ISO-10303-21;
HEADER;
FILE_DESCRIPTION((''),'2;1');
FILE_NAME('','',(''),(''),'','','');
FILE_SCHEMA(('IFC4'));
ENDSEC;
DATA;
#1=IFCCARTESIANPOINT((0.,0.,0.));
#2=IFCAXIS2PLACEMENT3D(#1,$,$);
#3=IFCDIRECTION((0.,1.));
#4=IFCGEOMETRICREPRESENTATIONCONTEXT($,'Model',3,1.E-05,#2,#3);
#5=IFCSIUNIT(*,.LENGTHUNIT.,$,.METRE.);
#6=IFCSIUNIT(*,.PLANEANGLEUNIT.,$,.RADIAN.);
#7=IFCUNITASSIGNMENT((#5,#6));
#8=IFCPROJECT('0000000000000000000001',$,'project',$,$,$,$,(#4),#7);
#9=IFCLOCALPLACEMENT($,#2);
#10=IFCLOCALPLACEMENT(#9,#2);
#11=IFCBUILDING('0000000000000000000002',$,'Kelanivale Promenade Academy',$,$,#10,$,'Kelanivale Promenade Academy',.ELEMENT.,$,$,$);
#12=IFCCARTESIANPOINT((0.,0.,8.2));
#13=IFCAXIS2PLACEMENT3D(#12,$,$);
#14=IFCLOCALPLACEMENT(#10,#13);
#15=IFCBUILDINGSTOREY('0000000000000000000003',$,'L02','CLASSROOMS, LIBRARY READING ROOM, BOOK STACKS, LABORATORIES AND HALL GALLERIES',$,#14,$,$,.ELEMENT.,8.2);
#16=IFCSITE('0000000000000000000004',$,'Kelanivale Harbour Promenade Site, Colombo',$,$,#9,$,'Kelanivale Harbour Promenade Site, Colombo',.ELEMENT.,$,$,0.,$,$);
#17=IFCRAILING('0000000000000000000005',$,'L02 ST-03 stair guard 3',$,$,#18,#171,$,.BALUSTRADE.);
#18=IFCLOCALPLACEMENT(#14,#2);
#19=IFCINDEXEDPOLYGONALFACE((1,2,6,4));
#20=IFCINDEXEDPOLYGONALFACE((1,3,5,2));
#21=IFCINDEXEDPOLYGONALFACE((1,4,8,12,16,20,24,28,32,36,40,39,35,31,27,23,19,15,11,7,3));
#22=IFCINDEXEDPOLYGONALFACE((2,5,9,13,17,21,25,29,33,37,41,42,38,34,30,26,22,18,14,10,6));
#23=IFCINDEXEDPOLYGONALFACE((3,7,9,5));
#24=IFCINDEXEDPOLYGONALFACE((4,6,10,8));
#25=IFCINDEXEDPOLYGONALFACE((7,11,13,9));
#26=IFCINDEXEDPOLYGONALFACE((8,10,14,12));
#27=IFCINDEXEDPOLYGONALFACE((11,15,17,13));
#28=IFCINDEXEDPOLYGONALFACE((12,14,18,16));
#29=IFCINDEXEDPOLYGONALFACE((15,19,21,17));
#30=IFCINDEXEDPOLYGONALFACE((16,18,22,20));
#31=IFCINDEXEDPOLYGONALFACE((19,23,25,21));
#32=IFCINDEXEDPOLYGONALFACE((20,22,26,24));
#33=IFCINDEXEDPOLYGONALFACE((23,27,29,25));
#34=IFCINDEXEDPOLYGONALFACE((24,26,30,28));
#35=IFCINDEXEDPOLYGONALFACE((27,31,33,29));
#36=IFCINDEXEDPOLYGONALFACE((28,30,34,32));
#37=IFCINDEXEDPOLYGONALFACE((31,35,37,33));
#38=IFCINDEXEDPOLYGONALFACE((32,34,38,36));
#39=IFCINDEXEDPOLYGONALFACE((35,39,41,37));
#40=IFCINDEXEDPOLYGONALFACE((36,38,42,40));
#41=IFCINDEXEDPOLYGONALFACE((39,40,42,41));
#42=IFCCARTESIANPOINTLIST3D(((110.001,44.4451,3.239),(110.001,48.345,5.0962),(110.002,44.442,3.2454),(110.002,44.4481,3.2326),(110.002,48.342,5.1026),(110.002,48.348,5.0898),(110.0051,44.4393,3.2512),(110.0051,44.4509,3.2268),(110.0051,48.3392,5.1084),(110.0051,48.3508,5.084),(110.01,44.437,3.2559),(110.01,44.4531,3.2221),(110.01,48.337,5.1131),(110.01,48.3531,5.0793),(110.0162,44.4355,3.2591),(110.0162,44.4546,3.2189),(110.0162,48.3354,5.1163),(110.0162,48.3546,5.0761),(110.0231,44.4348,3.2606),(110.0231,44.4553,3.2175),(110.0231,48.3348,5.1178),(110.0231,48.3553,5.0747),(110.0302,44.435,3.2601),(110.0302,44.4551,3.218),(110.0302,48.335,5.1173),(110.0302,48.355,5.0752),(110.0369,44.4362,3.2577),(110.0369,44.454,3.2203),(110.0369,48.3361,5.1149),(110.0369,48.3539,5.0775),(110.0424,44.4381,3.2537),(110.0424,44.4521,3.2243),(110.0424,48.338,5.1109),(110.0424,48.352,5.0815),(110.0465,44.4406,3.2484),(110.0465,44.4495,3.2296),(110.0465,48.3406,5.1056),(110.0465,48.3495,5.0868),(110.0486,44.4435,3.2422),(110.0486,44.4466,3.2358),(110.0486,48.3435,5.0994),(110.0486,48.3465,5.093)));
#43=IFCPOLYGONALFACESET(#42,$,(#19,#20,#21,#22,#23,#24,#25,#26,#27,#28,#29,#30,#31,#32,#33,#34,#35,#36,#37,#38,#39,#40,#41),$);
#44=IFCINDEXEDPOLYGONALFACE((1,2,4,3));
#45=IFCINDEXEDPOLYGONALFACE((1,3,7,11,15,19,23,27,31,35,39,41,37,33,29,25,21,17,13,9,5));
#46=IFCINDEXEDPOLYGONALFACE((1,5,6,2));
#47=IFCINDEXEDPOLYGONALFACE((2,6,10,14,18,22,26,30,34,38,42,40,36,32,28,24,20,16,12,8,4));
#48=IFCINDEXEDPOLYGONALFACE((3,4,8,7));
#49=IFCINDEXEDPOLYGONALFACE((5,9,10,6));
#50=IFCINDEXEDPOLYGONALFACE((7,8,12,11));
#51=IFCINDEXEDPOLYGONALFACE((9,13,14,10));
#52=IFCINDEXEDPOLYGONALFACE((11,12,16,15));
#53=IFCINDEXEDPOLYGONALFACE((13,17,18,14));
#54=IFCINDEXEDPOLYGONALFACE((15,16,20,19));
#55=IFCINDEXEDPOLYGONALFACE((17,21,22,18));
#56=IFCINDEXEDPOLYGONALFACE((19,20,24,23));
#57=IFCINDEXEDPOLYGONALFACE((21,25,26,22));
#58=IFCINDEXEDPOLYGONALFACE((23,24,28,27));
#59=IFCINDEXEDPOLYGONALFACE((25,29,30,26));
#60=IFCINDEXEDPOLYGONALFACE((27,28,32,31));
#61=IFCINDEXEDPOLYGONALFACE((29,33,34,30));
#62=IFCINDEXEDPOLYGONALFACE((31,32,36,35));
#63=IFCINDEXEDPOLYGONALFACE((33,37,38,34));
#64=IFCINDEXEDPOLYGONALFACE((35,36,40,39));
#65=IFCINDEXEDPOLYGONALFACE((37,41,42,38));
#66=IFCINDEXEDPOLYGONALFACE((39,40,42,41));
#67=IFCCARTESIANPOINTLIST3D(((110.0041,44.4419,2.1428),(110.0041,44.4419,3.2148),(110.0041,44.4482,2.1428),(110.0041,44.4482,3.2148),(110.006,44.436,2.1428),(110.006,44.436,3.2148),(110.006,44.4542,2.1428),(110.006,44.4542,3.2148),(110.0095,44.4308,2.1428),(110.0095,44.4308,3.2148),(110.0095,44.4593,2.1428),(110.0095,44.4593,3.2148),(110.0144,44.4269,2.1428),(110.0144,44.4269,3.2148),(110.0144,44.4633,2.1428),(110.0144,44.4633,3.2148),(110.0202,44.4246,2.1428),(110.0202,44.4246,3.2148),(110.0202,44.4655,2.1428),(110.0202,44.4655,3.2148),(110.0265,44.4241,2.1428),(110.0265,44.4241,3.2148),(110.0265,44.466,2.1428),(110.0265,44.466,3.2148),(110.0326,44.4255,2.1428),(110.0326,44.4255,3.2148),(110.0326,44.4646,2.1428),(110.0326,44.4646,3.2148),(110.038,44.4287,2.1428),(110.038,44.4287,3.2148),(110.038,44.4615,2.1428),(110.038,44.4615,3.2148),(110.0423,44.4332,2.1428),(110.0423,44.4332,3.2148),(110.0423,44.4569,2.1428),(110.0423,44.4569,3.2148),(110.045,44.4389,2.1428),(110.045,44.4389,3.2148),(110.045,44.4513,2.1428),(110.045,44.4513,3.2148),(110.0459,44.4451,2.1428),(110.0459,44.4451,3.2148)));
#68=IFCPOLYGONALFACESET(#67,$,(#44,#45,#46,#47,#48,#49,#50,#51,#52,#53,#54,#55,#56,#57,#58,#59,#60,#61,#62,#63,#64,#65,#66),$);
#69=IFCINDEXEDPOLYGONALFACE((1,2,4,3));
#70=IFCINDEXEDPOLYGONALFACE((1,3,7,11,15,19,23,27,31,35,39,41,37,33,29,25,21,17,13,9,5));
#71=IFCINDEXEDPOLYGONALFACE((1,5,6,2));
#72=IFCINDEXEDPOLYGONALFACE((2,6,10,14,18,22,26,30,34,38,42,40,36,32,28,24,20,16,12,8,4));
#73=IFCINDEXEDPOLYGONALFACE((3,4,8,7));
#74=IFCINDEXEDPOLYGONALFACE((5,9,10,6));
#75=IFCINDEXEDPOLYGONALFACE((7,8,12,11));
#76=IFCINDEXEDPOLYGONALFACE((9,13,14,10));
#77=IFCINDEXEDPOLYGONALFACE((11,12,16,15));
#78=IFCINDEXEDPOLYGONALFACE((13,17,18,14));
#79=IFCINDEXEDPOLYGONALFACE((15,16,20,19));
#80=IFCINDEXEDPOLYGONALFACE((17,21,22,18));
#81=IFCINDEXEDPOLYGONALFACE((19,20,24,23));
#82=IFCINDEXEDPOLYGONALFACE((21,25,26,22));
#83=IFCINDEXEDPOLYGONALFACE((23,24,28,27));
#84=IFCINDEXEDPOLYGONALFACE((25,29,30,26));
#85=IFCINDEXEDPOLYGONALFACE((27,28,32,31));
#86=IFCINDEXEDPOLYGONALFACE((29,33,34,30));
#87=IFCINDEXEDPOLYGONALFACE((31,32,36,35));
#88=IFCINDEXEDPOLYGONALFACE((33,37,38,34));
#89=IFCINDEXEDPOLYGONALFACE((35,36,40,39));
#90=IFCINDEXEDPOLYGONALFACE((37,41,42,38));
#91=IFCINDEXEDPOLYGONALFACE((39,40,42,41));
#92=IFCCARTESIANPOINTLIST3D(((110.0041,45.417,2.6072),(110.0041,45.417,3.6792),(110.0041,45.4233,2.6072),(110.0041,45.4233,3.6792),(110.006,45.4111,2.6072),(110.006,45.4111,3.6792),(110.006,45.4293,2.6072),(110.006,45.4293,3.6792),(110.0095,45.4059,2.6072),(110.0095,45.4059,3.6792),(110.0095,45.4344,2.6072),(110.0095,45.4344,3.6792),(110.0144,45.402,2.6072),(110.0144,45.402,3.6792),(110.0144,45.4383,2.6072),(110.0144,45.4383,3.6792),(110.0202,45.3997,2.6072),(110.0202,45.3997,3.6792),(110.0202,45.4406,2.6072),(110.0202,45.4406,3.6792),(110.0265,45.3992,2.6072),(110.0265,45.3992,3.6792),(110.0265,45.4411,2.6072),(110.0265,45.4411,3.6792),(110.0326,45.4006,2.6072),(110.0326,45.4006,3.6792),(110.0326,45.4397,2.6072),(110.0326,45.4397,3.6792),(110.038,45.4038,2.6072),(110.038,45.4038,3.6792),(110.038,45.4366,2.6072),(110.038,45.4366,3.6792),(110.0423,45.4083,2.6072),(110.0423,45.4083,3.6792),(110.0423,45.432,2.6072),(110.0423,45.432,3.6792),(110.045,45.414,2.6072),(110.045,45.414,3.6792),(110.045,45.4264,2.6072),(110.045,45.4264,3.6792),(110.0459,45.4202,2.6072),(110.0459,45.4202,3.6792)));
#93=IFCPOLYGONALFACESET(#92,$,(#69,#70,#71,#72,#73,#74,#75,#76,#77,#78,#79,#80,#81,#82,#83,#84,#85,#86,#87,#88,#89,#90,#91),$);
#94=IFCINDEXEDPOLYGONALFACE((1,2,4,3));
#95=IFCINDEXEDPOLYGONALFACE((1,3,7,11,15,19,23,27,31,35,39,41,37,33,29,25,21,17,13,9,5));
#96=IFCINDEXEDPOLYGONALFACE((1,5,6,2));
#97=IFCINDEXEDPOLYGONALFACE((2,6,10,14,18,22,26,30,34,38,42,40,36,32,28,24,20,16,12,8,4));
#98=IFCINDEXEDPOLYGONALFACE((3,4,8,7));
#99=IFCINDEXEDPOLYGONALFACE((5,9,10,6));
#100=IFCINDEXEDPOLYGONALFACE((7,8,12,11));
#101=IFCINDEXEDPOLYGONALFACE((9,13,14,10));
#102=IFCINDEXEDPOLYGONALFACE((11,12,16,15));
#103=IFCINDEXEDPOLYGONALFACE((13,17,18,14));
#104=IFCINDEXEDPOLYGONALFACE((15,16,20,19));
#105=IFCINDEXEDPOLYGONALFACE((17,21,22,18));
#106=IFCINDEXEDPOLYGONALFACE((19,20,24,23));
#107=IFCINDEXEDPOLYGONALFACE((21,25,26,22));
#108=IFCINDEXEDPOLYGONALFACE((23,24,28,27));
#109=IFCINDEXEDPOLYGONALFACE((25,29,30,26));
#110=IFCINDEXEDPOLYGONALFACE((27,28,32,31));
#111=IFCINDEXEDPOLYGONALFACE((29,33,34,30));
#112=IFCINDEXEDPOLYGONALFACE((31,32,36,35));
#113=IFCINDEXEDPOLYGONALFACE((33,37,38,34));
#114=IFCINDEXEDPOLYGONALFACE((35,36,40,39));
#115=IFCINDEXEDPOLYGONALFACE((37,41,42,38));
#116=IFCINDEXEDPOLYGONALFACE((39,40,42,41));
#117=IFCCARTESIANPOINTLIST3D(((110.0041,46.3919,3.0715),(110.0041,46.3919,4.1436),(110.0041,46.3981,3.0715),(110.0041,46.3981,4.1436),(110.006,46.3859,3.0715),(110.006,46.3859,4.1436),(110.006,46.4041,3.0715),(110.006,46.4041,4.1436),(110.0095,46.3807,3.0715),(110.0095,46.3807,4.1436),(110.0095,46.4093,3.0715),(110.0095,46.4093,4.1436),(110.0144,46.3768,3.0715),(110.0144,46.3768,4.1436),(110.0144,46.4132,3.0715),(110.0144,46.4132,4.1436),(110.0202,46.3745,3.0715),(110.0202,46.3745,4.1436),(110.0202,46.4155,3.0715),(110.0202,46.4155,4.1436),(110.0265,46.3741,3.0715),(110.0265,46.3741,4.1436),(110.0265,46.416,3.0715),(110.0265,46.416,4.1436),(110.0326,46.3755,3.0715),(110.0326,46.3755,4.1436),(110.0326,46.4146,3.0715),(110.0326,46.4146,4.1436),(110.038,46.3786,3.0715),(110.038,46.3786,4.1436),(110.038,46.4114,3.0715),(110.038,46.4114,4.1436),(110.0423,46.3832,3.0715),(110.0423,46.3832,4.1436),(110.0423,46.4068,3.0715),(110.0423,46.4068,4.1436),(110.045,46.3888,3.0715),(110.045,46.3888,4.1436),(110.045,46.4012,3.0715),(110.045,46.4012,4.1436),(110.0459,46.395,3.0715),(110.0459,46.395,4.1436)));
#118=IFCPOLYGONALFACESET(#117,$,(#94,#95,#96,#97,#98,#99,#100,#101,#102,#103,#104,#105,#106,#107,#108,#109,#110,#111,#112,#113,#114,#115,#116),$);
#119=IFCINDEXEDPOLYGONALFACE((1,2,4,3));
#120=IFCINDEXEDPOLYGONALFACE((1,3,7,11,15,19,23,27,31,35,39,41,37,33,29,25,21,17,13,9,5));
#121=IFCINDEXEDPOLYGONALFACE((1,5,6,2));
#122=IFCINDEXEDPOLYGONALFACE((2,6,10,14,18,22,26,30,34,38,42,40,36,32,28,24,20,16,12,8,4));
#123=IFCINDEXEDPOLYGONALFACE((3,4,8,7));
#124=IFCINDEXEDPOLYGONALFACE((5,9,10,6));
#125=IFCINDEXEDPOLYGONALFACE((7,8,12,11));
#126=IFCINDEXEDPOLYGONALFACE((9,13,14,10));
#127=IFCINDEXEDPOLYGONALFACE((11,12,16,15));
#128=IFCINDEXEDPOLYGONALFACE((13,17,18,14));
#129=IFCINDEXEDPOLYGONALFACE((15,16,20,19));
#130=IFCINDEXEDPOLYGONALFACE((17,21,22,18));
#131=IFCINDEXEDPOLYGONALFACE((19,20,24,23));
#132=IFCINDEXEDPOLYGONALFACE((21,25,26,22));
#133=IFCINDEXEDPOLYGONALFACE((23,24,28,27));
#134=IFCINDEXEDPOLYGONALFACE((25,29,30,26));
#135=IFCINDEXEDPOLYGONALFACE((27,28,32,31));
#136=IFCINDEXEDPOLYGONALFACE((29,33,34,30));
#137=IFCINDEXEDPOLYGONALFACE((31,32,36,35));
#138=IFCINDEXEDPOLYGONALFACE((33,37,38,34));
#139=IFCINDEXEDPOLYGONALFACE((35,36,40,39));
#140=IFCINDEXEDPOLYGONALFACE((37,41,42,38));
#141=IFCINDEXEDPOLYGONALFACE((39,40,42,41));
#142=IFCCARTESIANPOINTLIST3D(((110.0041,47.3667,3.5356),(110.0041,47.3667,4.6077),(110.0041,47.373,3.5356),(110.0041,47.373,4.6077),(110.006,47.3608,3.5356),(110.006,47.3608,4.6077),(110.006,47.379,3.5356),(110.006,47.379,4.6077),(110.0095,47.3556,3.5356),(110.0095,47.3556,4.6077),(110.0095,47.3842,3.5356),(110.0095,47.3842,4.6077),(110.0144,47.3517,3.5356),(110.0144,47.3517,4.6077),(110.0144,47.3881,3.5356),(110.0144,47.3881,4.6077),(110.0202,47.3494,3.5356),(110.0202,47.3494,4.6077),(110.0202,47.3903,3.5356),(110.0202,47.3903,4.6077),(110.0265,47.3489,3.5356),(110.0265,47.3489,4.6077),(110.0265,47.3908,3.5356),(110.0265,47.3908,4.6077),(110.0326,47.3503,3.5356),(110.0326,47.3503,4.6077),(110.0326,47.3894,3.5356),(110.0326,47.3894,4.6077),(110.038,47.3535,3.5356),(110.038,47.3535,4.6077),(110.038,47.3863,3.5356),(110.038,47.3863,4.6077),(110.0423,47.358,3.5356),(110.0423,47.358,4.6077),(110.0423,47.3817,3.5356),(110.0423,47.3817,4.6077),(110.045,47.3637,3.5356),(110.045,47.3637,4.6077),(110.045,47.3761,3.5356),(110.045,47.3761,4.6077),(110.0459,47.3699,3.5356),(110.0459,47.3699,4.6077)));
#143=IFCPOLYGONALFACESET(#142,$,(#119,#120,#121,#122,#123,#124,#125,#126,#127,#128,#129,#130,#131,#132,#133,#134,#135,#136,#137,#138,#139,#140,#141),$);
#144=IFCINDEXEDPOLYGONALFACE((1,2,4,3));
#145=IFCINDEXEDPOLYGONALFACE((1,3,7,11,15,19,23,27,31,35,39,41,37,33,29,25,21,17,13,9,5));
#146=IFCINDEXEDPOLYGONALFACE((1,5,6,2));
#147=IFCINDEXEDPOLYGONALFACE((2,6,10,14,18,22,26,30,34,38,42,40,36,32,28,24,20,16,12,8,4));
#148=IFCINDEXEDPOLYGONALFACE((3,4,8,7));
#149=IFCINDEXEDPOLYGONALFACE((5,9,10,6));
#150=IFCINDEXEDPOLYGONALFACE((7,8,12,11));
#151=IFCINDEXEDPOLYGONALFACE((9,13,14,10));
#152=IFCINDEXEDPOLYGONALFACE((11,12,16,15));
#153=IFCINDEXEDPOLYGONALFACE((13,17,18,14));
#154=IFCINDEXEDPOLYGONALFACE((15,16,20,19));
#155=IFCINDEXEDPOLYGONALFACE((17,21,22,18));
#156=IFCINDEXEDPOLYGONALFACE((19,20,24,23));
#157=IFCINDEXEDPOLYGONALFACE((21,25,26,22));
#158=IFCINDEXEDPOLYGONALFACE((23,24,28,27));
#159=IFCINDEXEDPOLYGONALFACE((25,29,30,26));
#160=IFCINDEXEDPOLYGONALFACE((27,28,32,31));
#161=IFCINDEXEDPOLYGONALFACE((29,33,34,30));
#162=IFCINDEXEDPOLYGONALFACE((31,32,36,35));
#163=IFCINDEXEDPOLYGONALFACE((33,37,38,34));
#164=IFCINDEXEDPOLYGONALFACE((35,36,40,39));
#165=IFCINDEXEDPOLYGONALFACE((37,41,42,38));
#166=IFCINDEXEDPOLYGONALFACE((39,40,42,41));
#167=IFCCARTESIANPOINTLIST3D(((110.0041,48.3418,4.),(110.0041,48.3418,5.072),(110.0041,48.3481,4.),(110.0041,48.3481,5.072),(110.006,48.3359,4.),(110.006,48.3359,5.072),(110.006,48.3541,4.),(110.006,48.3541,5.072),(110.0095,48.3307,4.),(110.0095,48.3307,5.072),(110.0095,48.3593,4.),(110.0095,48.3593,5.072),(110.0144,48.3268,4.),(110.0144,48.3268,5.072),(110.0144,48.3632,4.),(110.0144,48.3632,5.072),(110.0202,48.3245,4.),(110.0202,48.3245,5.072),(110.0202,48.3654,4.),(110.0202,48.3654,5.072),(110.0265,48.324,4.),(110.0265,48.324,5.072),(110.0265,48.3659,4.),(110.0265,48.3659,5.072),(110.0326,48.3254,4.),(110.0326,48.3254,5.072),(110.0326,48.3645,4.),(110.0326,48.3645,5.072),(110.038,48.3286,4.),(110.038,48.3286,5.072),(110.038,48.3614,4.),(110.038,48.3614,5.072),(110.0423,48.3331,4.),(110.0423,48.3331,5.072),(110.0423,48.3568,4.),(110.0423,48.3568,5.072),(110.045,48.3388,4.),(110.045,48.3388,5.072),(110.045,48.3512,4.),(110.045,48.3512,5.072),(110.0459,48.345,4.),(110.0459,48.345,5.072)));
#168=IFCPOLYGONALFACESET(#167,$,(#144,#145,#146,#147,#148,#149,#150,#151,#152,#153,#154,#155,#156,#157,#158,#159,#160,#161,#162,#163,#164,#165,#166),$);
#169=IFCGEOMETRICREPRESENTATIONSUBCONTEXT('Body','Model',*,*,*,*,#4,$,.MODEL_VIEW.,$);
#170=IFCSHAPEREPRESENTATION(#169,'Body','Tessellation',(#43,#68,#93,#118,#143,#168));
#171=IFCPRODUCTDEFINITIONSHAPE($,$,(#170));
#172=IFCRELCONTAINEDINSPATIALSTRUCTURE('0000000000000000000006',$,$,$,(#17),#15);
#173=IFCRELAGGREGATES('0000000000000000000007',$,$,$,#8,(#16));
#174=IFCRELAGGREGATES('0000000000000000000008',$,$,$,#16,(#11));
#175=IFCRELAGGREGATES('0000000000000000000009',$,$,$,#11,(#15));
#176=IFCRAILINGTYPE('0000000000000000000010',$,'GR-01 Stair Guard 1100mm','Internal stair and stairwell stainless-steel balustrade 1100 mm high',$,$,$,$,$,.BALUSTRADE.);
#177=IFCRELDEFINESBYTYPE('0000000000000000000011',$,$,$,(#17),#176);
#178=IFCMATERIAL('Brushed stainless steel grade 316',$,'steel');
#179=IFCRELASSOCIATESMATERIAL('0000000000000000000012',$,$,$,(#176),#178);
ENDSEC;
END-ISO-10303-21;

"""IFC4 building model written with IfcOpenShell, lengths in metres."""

from ifc_helpers import new_model, si_unit, direction, frame, origin, origin_2d, place, context, subcontext, project, spatial, circle, extrude, material, type_object, element, save


model = new_model("IFC4")

# Units and contexts
model_context = context("Model", 3, precision=1e-05, world=origin(), true_north=direction((0.0, 1.0)))
body_context = subcontext(model_context, "Body", "Model", "MODEL_VIEW")
ifc_project = project(units=[si_unit("LENGTHUNIT", "METRE"), si_unit("PLANEANGLEUNIT", "RADIAN")], contexts=[model_context])

# Site, building, storey
site_placement = place(None, origin())
site = spatial("IfcSite", under=ifc_project, at=site_placement, Name="Kelanivale Harbour Promenade Site, Colombo", LongName="Kelanivale Harbour Promenade Site, Colombo", CompositionType="ELEMENT", RefElevation=0.0)
building_placement = place(site_placement, origin())
building = spatial("IfcBuilding", under=site, at=building_placement, Name="Kelanivale Promenade Academy", LongName="Kelanivale Promenade Academy", CompositionType="ELEMENT")
storey_placement = place(building_placement, frame((0.0, 0.0, 8.2)))
storey = spatial("IfcBuildingStorey", under=building, at=storey_placement, Name="L02", Description="CLASSROOMS, LIBRARY READING ROOM, BOOK STACKS, LABORATORIES AND HALL GALLERIES", CompositionType="ELEMENT", Elevation=8.2)

# Railing
ifc_material_1 = material(Name="Brushed stainless steel grade 316", Category="steel")
railing_type_1 = type_object("IfcRailingType", Name="GR-01 Stair Guard 1100mm", Description="Internal stair and stairwell stainless-steel balustrade 1100 mm high", PredefinedType="BALUSTRADE", material=ifc_material_1)
railing_1_placement = place(storey_placement, frame((110.0249, 44.4451, 2.1428)))
element("IfcRailing", 1, at=railing_1_placement, inside=storey, type_object=railing_type_1, Name="L02 ST-03 stair guard 3", PredefinedType="BALUSTRADE", context=body_context, shape_type="SweptSolid", body=[
    extrude(circle(Radius=0.0239, at=origin_2d()), frame((0.0, 0.0, 1.0962), z_axis=(0.0, 0.902853, 0.429949), x_axis=(-1.0, 0.0, 0.0)), (0.0, 0.0, 1.0), 4.3196),
    extrude(circle(Radius=0.021, at=origin_2d()), origin(), (0.0, 0.0, 1.0), 1.072),
    extrude(circle(Radius=0.021, at=origin_2d()), frame((0.0, 0.9751, 0.4644)), (0.0, 0.0, 1.0), 1.072),
    extrude(circle(Radius=0.021, at=origin_2d()), frame((0.0, 1.95, 0.9287)), (0.0, 0.0, 1.0), 1.072),
    extrude(circle(Radius=0.021, at=origin_2d()), frame((0.0, 2.9248, 1.3928)), (0.0, 0.0, 1.0), 1.072),
    extrude(circle(Radius=0.021, at=origin_2d()), frame((0.0, 3.8999, 1.8572)), (0.0, 0.0, 1.0), 1.072),
])

save(model, "model.ifc")
